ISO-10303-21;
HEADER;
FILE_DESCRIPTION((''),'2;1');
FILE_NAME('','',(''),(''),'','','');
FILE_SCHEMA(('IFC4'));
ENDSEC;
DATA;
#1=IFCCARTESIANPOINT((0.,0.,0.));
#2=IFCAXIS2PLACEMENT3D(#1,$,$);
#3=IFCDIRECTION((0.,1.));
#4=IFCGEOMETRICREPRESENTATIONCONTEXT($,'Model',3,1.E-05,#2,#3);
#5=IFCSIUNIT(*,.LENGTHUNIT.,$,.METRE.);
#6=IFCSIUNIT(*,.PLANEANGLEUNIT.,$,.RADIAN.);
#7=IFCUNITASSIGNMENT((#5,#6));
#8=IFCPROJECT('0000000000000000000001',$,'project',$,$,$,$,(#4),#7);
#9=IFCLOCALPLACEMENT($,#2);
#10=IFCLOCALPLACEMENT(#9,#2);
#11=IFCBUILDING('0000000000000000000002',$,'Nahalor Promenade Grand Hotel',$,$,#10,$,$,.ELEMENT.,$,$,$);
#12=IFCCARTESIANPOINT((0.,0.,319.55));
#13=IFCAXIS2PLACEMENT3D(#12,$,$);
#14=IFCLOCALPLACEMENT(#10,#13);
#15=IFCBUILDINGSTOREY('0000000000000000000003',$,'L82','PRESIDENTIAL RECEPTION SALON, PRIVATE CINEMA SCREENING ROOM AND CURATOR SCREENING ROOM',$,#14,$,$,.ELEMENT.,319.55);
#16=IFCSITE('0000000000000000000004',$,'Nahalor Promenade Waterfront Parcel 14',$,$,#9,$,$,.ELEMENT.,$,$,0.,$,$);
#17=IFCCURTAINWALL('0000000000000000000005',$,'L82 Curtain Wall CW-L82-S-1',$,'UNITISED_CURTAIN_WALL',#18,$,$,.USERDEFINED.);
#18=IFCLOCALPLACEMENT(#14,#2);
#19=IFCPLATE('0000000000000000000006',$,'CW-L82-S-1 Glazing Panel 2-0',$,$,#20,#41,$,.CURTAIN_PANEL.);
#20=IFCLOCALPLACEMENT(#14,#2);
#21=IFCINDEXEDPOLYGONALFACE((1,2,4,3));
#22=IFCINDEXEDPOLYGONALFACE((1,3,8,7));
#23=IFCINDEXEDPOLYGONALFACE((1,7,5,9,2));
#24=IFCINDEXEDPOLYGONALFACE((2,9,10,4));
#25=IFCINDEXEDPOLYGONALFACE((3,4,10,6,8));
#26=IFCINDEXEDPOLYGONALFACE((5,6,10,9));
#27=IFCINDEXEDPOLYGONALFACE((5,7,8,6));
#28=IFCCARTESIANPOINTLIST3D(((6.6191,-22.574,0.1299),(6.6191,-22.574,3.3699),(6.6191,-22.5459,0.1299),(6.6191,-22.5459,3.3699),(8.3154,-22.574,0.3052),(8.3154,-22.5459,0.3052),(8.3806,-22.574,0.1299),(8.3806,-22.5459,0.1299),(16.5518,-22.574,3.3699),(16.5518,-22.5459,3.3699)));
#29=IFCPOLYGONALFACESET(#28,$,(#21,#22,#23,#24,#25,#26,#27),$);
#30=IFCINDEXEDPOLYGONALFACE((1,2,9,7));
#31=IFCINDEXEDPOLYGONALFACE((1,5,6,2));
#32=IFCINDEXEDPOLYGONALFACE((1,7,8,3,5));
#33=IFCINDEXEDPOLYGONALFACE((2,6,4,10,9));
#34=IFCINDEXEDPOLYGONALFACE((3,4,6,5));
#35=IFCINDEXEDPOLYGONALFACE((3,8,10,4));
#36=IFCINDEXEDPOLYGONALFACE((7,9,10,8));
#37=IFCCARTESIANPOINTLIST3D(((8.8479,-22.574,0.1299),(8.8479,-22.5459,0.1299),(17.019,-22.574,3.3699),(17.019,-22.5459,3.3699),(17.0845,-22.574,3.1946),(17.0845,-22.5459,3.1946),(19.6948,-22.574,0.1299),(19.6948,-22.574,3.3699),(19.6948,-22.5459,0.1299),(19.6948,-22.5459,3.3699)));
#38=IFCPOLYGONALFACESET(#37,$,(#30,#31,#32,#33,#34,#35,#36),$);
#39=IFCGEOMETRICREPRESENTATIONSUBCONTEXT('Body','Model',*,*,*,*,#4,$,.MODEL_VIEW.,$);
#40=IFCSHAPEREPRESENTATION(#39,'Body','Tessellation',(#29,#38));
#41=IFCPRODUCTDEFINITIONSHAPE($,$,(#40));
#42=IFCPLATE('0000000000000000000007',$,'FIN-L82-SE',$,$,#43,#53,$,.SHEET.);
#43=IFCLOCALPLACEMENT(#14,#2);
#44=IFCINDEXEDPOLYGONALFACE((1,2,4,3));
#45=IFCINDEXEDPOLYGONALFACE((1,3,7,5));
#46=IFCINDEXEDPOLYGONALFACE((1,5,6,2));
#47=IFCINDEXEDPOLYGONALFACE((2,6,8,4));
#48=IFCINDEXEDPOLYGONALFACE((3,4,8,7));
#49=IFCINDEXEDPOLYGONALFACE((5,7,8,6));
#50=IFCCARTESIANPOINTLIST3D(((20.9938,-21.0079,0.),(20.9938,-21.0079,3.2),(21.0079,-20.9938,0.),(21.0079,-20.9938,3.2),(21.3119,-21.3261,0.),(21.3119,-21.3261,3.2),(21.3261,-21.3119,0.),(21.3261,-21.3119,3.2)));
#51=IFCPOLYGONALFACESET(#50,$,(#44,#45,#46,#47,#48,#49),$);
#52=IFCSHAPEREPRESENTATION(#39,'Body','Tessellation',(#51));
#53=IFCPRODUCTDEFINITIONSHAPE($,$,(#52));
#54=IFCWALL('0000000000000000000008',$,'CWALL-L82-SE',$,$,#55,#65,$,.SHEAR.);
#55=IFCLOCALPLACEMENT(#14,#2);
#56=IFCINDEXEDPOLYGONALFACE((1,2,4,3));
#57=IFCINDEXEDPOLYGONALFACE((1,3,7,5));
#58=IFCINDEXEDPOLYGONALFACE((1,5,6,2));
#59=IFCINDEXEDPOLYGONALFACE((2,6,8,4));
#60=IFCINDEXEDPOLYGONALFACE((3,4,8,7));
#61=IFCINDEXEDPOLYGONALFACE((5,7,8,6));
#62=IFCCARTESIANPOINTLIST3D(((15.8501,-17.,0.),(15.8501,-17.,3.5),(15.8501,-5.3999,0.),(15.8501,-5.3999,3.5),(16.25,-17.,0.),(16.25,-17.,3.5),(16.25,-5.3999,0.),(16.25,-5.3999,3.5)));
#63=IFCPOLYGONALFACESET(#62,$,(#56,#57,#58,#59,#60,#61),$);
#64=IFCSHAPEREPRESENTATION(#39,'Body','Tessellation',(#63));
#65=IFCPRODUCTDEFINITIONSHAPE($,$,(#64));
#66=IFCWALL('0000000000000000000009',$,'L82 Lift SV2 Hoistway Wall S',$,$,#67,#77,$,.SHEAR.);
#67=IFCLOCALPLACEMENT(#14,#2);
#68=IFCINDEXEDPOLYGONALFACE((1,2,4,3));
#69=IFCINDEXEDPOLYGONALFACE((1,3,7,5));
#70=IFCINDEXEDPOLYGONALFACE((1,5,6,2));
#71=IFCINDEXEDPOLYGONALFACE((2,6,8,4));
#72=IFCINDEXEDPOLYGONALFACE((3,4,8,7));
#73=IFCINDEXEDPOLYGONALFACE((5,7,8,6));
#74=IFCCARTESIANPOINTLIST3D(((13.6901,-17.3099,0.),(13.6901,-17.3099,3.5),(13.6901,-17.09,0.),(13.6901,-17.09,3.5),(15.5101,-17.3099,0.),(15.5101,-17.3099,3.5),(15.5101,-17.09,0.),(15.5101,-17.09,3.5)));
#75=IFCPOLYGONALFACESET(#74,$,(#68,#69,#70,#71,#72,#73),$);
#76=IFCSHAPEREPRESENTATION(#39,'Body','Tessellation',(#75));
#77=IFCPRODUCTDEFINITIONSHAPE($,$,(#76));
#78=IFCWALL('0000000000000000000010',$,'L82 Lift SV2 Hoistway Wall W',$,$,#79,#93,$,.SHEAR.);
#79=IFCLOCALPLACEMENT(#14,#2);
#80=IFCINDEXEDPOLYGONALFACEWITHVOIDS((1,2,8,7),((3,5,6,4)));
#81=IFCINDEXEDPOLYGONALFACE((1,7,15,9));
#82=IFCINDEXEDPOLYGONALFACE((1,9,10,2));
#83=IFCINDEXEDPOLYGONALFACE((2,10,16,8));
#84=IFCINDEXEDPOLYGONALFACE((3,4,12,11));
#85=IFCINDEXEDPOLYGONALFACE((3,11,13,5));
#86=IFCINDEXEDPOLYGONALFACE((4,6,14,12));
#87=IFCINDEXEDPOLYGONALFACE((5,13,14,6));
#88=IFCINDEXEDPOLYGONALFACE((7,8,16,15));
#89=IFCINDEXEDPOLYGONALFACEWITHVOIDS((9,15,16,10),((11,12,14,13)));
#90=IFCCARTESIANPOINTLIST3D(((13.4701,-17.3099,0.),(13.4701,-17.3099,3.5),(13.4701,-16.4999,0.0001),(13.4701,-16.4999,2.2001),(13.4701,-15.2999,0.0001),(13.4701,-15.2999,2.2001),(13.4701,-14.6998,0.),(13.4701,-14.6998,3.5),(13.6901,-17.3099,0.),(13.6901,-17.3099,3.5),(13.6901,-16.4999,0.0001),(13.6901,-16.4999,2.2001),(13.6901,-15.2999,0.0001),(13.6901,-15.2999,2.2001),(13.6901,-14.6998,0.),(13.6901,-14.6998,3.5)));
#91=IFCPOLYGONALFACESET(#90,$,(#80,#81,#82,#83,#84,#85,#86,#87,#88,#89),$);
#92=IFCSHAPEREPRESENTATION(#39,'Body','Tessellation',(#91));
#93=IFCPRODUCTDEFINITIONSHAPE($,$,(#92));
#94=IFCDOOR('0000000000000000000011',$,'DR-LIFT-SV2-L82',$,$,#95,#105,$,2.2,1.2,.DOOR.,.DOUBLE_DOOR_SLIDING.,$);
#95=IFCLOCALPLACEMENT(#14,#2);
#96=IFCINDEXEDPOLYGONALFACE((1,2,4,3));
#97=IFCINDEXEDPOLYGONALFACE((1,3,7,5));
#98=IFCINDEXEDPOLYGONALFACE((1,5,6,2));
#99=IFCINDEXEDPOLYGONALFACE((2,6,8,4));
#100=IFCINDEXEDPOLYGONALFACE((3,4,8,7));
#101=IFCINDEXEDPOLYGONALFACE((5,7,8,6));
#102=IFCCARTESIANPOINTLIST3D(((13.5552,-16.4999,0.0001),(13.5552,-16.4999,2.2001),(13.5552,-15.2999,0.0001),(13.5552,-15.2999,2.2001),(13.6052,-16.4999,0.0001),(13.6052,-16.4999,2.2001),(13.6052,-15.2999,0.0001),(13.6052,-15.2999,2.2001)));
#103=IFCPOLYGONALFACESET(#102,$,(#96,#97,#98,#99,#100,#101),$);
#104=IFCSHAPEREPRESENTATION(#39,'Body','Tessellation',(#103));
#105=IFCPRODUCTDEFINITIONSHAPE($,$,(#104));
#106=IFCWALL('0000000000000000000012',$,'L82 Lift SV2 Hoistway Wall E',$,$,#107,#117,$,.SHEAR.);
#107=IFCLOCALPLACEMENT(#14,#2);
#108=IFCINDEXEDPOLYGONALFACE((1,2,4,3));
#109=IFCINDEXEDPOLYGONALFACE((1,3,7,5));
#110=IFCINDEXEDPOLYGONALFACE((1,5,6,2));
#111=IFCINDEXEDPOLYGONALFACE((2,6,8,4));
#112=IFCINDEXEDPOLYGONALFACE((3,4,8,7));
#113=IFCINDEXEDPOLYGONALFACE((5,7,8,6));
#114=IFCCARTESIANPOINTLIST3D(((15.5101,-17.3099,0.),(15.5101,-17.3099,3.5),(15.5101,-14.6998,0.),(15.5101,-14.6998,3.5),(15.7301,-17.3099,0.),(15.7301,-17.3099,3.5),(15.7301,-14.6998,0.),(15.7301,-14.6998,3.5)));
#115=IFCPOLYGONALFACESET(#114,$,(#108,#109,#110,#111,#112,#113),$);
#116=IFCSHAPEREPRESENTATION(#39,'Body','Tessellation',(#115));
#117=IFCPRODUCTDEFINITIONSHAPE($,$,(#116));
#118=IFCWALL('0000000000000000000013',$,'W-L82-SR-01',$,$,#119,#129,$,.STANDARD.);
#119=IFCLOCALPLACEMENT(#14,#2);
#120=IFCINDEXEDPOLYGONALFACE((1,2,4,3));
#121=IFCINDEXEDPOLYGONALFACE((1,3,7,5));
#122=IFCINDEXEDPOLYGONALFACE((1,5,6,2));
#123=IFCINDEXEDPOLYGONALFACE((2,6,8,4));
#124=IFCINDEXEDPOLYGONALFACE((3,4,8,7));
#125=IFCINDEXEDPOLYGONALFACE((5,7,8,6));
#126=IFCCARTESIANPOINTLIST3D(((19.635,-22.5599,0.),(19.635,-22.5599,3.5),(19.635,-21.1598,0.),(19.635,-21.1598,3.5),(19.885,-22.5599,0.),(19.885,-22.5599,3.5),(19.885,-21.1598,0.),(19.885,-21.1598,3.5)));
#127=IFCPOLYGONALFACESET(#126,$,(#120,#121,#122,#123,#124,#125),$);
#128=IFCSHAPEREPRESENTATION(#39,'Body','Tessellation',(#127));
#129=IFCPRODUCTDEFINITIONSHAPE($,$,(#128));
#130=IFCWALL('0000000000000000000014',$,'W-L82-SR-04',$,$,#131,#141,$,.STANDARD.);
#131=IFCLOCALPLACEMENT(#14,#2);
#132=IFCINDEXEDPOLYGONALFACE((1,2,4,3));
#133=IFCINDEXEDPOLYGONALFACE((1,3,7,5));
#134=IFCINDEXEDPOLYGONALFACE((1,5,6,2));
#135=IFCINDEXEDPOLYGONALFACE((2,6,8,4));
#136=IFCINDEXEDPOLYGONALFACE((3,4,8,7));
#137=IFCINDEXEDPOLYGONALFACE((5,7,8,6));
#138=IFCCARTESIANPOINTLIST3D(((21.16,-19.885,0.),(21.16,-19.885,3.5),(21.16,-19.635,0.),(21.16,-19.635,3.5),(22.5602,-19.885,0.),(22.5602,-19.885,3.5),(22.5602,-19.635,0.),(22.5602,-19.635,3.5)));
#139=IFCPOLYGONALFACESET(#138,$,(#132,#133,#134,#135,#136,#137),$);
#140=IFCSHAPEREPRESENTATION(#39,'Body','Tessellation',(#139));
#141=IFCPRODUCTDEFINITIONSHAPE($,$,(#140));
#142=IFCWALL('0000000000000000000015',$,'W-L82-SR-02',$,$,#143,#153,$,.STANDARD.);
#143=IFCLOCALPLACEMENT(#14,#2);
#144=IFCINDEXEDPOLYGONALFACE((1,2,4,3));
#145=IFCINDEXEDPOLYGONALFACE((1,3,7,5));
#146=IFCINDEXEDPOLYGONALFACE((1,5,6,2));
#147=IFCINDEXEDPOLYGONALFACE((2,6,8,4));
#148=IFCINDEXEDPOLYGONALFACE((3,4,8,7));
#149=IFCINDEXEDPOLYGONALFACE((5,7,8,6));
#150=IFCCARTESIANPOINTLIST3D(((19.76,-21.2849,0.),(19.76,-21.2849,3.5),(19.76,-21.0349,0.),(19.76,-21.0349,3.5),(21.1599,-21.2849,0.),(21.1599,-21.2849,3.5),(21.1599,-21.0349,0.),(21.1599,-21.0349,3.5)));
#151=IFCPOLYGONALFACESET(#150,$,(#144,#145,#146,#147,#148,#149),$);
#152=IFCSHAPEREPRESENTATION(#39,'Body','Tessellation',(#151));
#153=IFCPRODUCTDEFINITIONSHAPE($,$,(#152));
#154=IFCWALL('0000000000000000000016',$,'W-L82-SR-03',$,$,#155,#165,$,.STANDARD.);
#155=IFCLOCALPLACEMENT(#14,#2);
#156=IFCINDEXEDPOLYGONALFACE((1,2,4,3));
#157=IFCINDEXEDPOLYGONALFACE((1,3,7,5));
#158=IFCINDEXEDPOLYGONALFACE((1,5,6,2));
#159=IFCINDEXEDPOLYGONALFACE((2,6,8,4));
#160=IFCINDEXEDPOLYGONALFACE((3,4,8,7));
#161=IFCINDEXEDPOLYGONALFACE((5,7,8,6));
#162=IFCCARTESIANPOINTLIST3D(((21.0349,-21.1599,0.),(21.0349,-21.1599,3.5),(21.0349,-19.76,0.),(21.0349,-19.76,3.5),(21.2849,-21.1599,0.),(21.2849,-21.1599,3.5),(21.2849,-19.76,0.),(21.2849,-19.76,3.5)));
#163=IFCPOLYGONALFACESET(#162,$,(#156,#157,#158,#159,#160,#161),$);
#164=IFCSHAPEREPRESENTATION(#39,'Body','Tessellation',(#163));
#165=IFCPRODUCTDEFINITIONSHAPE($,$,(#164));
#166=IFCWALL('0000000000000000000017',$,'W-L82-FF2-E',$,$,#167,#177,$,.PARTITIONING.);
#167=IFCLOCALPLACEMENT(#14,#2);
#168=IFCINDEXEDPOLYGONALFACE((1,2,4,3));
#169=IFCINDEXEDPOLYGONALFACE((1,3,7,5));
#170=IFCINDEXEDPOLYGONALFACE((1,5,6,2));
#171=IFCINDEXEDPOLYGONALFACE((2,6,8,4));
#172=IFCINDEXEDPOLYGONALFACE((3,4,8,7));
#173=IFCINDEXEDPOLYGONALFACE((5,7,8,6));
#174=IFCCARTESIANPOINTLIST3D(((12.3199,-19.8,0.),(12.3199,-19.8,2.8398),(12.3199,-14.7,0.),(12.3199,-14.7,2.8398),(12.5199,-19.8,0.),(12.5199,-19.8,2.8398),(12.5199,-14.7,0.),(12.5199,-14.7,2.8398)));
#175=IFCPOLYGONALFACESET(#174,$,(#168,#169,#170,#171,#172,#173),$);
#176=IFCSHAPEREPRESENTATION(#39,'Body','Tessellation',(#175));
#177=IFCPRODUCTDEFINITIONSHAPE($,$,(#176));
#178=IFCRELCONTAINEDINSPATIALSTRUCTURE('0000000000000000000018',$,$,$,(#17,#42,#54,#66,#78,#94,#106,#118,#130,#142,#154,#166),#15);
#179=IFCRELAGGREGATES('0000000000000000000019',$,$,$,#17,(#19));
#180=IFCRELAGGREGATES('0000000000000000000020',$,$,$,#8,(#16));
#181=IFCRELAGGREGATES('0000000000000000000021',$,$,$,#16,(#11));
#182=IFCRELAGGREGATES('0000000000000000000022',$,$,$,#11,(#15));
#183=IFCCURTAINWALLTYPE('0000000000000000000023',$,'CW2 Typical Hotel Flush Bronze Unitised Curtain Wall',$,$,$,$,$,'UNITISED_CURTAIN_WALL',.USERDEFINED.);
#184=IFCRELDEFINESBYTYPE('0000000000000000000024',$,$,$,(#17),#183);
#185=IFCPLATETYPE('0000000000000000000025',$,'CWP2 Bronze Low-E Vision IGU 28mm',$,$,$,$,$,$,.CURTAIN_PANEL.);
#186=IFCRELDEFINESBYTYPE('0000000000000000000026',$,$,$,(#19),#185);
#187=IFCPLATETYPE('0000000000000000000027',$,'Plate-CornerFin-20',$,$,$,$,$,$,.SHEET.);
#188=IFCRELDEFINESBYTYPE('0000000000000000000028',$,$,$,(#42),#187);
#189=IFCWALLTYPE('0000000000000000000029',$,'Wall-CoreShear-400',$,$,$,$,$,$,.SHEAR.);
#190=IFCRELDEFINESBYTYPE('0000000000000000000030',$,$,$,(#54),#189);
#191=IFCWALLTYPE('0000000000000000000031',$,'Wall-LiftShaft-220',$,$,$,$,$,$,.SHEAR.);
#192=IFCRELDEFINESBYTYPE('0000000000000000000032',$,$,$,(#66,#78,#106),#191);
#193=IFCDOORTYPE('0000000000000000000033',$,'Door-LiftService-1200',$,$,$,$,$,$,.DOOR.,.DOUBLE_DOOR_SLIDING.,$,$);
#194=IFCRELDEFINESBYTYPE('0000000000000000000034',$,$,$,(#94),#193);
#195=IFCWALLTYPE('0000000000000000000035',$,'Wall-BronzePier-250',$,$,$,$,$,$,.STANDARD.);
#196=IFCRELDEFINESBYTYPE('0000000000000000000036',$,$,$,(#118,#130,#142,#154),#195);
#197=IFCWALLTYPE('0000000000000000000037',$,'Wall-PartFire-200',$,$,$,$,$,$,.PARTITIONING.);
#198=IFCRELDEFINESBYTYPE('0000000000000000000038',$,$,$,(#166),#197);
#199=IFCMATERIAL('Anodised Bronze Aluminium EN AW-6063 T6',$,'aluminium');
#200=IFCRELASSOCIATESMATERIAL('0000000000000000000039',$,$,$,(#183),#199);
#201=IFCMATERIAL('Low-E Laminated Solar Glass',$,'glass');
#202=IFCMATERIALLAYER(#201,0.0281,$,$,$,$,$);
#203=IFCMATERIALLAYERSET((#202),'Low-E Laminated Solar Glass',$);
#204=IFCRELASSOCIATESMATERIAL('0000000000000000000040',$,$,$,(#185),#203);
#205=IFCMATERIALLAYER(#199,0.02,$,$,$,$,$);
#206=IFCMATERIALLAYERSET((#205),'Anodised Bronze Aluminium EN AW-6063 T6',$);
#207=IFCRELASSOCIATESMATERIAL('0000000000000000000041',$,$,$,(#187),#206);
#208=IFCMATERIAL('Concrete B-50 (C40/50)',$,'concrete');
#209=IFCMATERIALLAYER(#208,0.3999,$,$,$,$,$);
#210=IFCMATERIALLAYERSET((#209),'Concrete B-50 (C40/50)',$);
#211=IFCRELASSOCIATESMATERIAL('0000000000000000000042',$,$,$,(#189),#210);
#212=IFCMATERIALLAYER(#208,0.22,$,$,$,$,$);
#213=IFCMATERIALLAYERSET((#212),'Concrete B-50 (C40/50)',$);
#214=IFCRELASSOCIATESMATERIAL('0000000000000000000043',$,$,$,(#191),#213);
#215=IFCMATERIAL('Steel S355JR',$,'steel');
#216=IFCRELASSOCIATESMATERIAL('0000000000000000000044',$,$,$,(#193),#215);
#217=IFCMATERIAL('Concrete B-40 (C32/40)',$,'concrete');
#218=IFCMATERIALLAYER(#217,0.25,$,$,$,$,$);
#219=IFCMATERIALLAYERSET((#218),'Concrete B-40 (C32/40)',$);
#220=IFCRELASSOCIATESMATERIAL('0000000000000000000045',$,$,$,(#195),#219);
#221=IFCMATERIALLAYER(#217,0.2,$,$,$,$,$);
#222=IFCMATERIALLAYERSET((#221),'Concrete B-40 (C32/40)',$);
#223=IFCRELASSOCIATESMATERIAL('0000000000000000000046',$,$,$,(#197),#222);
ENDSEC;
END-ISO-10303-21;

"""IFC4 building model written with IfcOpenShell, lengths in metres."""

from ifc_helpers import new_model, si_unit, direction, frame, frame_2d, origin, origin_2d, place, context, subcontext, project, spatial, polyline, rectangle, outline, extrude, source, transform, mapped, material, layer, layer_set, type_object, element, fill, aggregate, save


model = new_model("IFC4")

# Units and contexts
model_context = context("Model", 3, precision=1e-05, world=origin(), true_north=direction((0.0, 1.0)))
body_context = subcontext(model_context, "Body", "Model", "MODEL_VIEW")
ifc_project = project(units=[si_unit("LENGTHUNIT", "METRE"), si_unit("PLANEANGLEUNIT", "RADIAN")], contexts=[model_context])

# Site, building, storey
site_placement = place(None, origin())
site = spatial("IfcSite", under=ifc_project, at=site_placement, Name="Nahalor Promenade Waterfront Parcel 14", CompositionType="ELEMENT", RefElevation=0.0)
building_placement = place(site_placement, origin())
building = spatial("IfcBuilding", under=site, at=building_placement, Name="Nahalor Promenade Grand Hotel", CompositionType="ELEMENT")
storey_placement = place(building_placement, frame((0.0, 0.0, 319.55)))
storey = spatial("IfcBuildingStorey", under=building, at=storey_placement, Name="L82", Description="PRESIDENTIAL RECEPTION SALON, PRIVATE CINEMA SCREENING ROOM AND CURATOR SCREENING ROOM", CompositionType="ELEMENT", Elevation=319.55)

# Shared definitions
ifc_material_1 = material(Name="Steel S355JR", Category="steel")

# Shared definitions
ifc_material_2 = material(Name="Anodised Bronze Aluminium EN AW-6063 T6", Category="aluminium")
curtain_wall_type = type_object("IfcCurtainWallType", Name="CW2 Typical Hotel Flush Bronze Unitised Curtain Wall", ElementType="UNITISED_CURTAIN_WALL", PredefinedType="USERDEFINED", material=ifc_material_2)

# Curtain wall
curtain_wall_1_placement = place(storey_placement, origin())
curtain_wall_1 = element("IfcCurtainWall", 1, at=curtain_wall_1_placement, inside=storey, type_object=curtain_wall_type, Name="L82 Curtain Wall CW-L82-S-1", ObjectType="UNITISED_CURTAIN_WALL", PredefinedType="USERDEFINED")

# Plates
ifc_material_3 = material(Name="Low-E Laminated Solar Glass", Category="glass")
ifc_layer_1 = layer(ifc_material_3, 0.0281)
ifc_layer_set_1 = layer_set([ifc_layer_1], Name="Low-E Laminated Solar Glass")
plate_type_1 = type_object("IfcPlateType", Name="CWP2 Bronze Low-E Vision IGU 28mm", PredefinedType="CURTAIN_PANEL", material=ifc_layer_set_1)
plate_1_placement = place(storey_placement, frame((13.157, -22.5601, 0.1299), z_axis=(0.0, 0.0, 1.0), x_axis=(1.0, 0.0, 0.0)))
plate_1 = element("IfcPlate", 2, at=plate_1_placement, type_object=plate_type_1, Name="CW-L82-S-1 Glazing Panel 2-0", PredefinedType="CURTAIN_PANEL", context=body_context, shape_type="SweptSolid", body=[
    extrude(outline(polyline([(-6.5378, 3.24), (-6.5378, 0.0), (-4.7764, 0.0), (-4.8416, 0.1753), (3.3948, 3.24), (-6.5378, 3.24)])), frame((0.0, 0.0142, 0.0), z_axis=(0.0, -1.0, 0.0), x_axis=(1.0, 0.0, 0.0)), (0.0, 0.0, 1.0), 0.0281),
    extrude(outline(polyline([(6.5378, 0.0), (6.5378, 3.24), (3.8621, 3.24), (3.9275, 3.0647), (-4.3091, 0.0), (6.5378, 0.0)])), frame((0.0, 0.0142, 0.0), z_axis=(0.0, -1.0, 0.0), x_axis=(1.0, 0.0, 0.0)), (0.0, 0.0, 1.0), 0.0281),
])
aggregate(curtain_wall_1, [plate_1])
ifc_layer_2 = layer(ifc_material_2, 0.02)
ifc_layer_set_2 = layer_set([ifc_layer_2], Name="Anodised Bronze Aluminium EN AW-6063 T6")
plate_type_2 = type_object("IfcPlateType", Name="Plate-CornerFin-20", PredefinedType="SHEET", material=ifc_layer_set_2)
shared_shape_1 = source(origin(), body_context, "Body", "SweptSolid", [
    extrude(rectangle(XDim=0.45, YDim=0.02, at=origin_2d()), origin(), (0.0, 0.0, 1.0), 3.2),
])
plate_2_placement = place(storey_placement, frame((21.1599, -21.1599, 0.0), z_axis=(0.0, 0.0, 1.0), x_axis=(-0.707107, 0.707107, 0.0)))
element("IfcPlate", 3, at=plate_2_placement, inside=storey, type_object=plate_type_2, Name="FIN-L82-SE", PredefinedType="SHEET", context=body_context, shape_type="MappedRepresentation", body=[
    mapped(shared_shape_1, transform((0.0, 0.0, 0.0), scale=1.0)),
])

# Walls
ifc_material_4 = material(Name="Concrete B-50 (C40/50)", Category="concrete")
ifc_layer_3 = layer(ifc_material_4, 0.3999)
ifc_layer_set_3 = layer_set([ifc_layer_3], Name="Concrete B-50 (C40/50)")
wall_type_1 = type_object("IfcWallType", Name="Wall-CoreShear-400", PredefinedType="SHEAR", material=ifc_layer_set_3)
shared_shape_2 = source(origin(), body_context, "Body", "SweptSolid", [
    extrude(rectangle(XDim=11.6001, YDim=0.3999, at=frame_2d((5.8, 0.0))), origin(), (0.0, 0.0, 1.0), 3.5),
])
wall_1_placement = place(storey_placement, frame((16.05, -17.0, 0.0), z_axis=(0.0, 0.0, 1.0), x_axis=(0.0, 1.0, 0.0)))
element("IfcWall", 4, at=wall_1_placement, inside=storey, type_object=wall_type_1, Name="CWALL-L82-SE", PredefinedType="SHEAR", context=body_context, shape_type="MappedRepresentation", body=[
    mapped(shared_shape_2, transform((0.0, 0.0, 0.0), scale=1.0)),
])
ifc_layer_4 = layer(ifc_material_4, 0.22)
ifc_layer_set_4 = layer_set([ifc_layer_4], Name="Concrete B-50 (C40/50)")
wall_type_2 = type_object("IfcWallType", Name="Wall-LiftShaft-220", PredefinedType="SHEAR", material=ifc_layer_set_4)
shared_shape_3 = source(origin(), body_context, "Body", "SweptSolid", [
    extrude(rectangle(XDim=1.8201, YDim=0.22, at=frame_2d((0.9102, 0.0))), origin(), (0.0, 0.0, 1.0), 3.5),
])
wall_2_placement = place(storey_placement, frame((13.6899, -17.2, 0.0), z_axis=(0.0, 0.0, 1.0), x_axis=(1.0, 0.0, 0.0)))
element("IfcWall", 5, at=wall_2_placement, inside=storey, type_object=wall_type_2, Name="L82 Lift SV2 Hoistway Wall S", PredefinedType="SHEAR", context=body_context, shape_type="MappedRepresentation", body=[
    mapped(shared_shape_3, transform((0.0, 0.0, 0.0), scale=1.0)),
])

# Wall, opening, door
shared_shape_4 = source(origin(), body_context, "Body", "SweptSolid", [
    extrude(rectangle(XDim=2.6101, YDim=0.22, at=frame_2d((1.3052, 0.0))), origin(), (0.0, 0.0, 1.0), 3.5),
])
wall_3_placement = place(storey_placement, frame((13.5801, -17.3101, 0.0), z_axis=(0.0, 0.0, 1.0), x_axis=(0.0, 1.0, 0.0)))
wall_3 = element("IfcWall", 6, at=wall_3_placement, inside=storey, type_object=wall_type_2, Name="L82 Lift SV2 Hoistway Wall W", PredefinedType="SHEAR", context=body_context, shape_type="MappedRepresentation", body=[
    mapped(shared_shape_4, transform((0.0, 0.0, 0.0), scale=1.0)),
])
opening_placement = place(wall_3_placement, frame((0.8101, 0.0, 0.0)))
opening = element("IfcOpeningElement", 7, at=opening_placement, cuts=wall_3, PredefinedType="OPENING", context=body_context, shape_type="SweptSolid", body=[
    extrude(rectangle(XDim=1.2, YDim=2.2, at=frame_2d((0.6001, 1.1001))), frame((0.0, 0.1199, 0.0), z_axis=(0.0, -1.0, 0.0), x_axis=(1.0, 0.0, 0.0)), (0.0, 0.0, 1.0), 0.24),
])
door_type = type_object("IfcDoorType", Name="Door-LiftService-1200", OperationType="DOUBLE_DOOR_SLIDING", PredefinedType="DOOR", material=ifc_material_1)
shared_shape_5 = source(origin(), body_context, "Body", "SweptSolid", [
    extrude(rectangle(XDim=1.2, YDim=2.2, at=frame_2d((0.6001, 1.1001))), frame((0.0, 0.0249, 0.0), z_axis=(0.0, -1.0, 0.0), x_axis=(1.0, 0.0, 0.0)), (0.0, 0.0, 1.0), 0.05),
])
door_placement = place(opening_placement, origin())
door = element("IfcDoor", 8, at=door_placement, inside=storey, type_object=door_type, Name="DR-LIFT-SV2-L82", OperationType="DOUBLE_DOOR_SLIDING", OverallHeight=2.2, OverallWidth=1.2, PredefinedType="DOOR", context=body_context, shape_type="MappedRepresentation", body=[
    mapped(shared_shape_5, transform((0.0, 0.0, 0.0), scale=1.0)),
])
fill(opening, door)

# Walls
wall_4_placement = place(storey_placement, frame((15.6201, -17.3101, 0.0), z_axis=(0.0, 0.0, 1.0), x_axis=(0.0, 1.0, 0.0)))
element("IfcWall", 9, at=wall_4_placement, inside=storey, type_object=wall_type_2, Name="L82 Lift SV2 Hoistway Wall E", PredefinedType="SHEAR", context=body_context, shape_type="MappedRepresentation", body=[
    mapped(shared_shape_4, transform((0.0, 0.0, 0.0), scale=1.0)),
])
ifc_material_5 = material(Name="Concrete B-40 (C32/40)", Category="concrete")
ifc_layer_5 = layer(ifc_material_5, 0.25)
ifc_layer_set_5 = layer_set([ifc_layer_5], Name="Concrete B-40 (C32/40)")
wall_type_3 = type_object("IfcWallType", Name="Wall-BronzePier-250", PredefinedType="STANDARD", material=ifc_layer_set_5)
shared_shape_6 = source(origin(), body_context, "Body", "SweptSolid", [
    extrude(rectangle(XDim=1.4001, YDim=0.25, at=frame_2d((0.7002, 0.0))), origin(), (0.0, 0.0, 1.0), 3.5),
])
for number, where, z_axis, x_axis, name in (
    (10, (19.76, -22.5601, 0.0), (0.0, 0.0, 1.0), (0.0, 1.0, 0.0), "W-L82-SR-01"),
    (11, (21.1599, -19.76, 0.0), (0.0, 0.0, 1.0), (1.0, 0.0, 0.0), "W-L82-SR-04"),
):
    element("IfcWall", number, at=place(storey_placement, frame(where, z_axis=z_axis, x_axis=x_axis)), inside=storey, type_object=wall_type_3, Name=name, PredefinedType="STANDARD", context=body_context, shape_type="MappedRepresentation", body=[
        mapped(shared_shape_6, transform((0.0, 0.0, 0.0), scale=1.0)),
    ])
shared_shape_7 = source(origin(), body_context, "Body", "SweptSolid", [
    extrude(rectangle(XDim=1.3999, YDim=0.25, at=frame_2d((0.7, 0.0))), origin(), (0.0, 0.0, 1.0), 3.5),
])
for number, where, z_axis, x_axis, name in (
    (12, (19.76, -21.1599, 0.0), (0.0, 0.0, 1.0), (1.0, 0.0, 0.0), "W-L82-SR-02"),
    (13, (21.1599, -21.1599, 0.0), (0.0, 0.0, 1.0), (0.0, 1.0, 0.0), "W-L82-SR-03"),
):
    element("IfcWall", number, at=place(storey_placement, frame(where, z_axis=z_axis, x_axis=x_axis)), inside=storey, type_object=wall_type_3, Name=name, PredefinedType="STANDARD", context=body_context, shape_type="MappedRepresentation", body=[
        mapped(shared_shape_7, transform((0.0, 0.0, 0.0), scale=1.0)),
    ])
ifc_layer_6 = layer(ifc_material_5, 0.2)
ifc_layer_set_6 = layer_set([ifc_layer_6], Name="Concrete B-40 (C32/40)")
wall_type_4 = type_object("IfcWallType", Name="Wall-PartFire-200", PredefinedType="PARTITIONING", material=ifc_layer_set_6)
shared_shape_8 = source(origin(), body_context, "Body", "SweptSolid", [
    extrude(rectangle(XDim=5.1001, YDim=0.2, at=frame_2d((2.55, 0.0))), origin(), (0.0, 0.0, 1.0), 2.8398),
])
wall_5_placement = place(storey_placement, frame((12.4199, -19.8, 0.0), z_axis=(0.0, 0.0, 1.0), x_axis=(0.0, 1.0, 0.0)))
element("IfcWall", 14, at=wall_5_placement, inside=storey, type_object=wall_type_4, Name="W-L82-FF2-E", PredefinedType="PARTITIONING", context=body_context, shape_type="MappedRepresentation", body=[
    mapped(shared_shape_8, transform((0.0, 0.0, 0.0), scale=1.0)),
])

save(model, "model.ifc")
